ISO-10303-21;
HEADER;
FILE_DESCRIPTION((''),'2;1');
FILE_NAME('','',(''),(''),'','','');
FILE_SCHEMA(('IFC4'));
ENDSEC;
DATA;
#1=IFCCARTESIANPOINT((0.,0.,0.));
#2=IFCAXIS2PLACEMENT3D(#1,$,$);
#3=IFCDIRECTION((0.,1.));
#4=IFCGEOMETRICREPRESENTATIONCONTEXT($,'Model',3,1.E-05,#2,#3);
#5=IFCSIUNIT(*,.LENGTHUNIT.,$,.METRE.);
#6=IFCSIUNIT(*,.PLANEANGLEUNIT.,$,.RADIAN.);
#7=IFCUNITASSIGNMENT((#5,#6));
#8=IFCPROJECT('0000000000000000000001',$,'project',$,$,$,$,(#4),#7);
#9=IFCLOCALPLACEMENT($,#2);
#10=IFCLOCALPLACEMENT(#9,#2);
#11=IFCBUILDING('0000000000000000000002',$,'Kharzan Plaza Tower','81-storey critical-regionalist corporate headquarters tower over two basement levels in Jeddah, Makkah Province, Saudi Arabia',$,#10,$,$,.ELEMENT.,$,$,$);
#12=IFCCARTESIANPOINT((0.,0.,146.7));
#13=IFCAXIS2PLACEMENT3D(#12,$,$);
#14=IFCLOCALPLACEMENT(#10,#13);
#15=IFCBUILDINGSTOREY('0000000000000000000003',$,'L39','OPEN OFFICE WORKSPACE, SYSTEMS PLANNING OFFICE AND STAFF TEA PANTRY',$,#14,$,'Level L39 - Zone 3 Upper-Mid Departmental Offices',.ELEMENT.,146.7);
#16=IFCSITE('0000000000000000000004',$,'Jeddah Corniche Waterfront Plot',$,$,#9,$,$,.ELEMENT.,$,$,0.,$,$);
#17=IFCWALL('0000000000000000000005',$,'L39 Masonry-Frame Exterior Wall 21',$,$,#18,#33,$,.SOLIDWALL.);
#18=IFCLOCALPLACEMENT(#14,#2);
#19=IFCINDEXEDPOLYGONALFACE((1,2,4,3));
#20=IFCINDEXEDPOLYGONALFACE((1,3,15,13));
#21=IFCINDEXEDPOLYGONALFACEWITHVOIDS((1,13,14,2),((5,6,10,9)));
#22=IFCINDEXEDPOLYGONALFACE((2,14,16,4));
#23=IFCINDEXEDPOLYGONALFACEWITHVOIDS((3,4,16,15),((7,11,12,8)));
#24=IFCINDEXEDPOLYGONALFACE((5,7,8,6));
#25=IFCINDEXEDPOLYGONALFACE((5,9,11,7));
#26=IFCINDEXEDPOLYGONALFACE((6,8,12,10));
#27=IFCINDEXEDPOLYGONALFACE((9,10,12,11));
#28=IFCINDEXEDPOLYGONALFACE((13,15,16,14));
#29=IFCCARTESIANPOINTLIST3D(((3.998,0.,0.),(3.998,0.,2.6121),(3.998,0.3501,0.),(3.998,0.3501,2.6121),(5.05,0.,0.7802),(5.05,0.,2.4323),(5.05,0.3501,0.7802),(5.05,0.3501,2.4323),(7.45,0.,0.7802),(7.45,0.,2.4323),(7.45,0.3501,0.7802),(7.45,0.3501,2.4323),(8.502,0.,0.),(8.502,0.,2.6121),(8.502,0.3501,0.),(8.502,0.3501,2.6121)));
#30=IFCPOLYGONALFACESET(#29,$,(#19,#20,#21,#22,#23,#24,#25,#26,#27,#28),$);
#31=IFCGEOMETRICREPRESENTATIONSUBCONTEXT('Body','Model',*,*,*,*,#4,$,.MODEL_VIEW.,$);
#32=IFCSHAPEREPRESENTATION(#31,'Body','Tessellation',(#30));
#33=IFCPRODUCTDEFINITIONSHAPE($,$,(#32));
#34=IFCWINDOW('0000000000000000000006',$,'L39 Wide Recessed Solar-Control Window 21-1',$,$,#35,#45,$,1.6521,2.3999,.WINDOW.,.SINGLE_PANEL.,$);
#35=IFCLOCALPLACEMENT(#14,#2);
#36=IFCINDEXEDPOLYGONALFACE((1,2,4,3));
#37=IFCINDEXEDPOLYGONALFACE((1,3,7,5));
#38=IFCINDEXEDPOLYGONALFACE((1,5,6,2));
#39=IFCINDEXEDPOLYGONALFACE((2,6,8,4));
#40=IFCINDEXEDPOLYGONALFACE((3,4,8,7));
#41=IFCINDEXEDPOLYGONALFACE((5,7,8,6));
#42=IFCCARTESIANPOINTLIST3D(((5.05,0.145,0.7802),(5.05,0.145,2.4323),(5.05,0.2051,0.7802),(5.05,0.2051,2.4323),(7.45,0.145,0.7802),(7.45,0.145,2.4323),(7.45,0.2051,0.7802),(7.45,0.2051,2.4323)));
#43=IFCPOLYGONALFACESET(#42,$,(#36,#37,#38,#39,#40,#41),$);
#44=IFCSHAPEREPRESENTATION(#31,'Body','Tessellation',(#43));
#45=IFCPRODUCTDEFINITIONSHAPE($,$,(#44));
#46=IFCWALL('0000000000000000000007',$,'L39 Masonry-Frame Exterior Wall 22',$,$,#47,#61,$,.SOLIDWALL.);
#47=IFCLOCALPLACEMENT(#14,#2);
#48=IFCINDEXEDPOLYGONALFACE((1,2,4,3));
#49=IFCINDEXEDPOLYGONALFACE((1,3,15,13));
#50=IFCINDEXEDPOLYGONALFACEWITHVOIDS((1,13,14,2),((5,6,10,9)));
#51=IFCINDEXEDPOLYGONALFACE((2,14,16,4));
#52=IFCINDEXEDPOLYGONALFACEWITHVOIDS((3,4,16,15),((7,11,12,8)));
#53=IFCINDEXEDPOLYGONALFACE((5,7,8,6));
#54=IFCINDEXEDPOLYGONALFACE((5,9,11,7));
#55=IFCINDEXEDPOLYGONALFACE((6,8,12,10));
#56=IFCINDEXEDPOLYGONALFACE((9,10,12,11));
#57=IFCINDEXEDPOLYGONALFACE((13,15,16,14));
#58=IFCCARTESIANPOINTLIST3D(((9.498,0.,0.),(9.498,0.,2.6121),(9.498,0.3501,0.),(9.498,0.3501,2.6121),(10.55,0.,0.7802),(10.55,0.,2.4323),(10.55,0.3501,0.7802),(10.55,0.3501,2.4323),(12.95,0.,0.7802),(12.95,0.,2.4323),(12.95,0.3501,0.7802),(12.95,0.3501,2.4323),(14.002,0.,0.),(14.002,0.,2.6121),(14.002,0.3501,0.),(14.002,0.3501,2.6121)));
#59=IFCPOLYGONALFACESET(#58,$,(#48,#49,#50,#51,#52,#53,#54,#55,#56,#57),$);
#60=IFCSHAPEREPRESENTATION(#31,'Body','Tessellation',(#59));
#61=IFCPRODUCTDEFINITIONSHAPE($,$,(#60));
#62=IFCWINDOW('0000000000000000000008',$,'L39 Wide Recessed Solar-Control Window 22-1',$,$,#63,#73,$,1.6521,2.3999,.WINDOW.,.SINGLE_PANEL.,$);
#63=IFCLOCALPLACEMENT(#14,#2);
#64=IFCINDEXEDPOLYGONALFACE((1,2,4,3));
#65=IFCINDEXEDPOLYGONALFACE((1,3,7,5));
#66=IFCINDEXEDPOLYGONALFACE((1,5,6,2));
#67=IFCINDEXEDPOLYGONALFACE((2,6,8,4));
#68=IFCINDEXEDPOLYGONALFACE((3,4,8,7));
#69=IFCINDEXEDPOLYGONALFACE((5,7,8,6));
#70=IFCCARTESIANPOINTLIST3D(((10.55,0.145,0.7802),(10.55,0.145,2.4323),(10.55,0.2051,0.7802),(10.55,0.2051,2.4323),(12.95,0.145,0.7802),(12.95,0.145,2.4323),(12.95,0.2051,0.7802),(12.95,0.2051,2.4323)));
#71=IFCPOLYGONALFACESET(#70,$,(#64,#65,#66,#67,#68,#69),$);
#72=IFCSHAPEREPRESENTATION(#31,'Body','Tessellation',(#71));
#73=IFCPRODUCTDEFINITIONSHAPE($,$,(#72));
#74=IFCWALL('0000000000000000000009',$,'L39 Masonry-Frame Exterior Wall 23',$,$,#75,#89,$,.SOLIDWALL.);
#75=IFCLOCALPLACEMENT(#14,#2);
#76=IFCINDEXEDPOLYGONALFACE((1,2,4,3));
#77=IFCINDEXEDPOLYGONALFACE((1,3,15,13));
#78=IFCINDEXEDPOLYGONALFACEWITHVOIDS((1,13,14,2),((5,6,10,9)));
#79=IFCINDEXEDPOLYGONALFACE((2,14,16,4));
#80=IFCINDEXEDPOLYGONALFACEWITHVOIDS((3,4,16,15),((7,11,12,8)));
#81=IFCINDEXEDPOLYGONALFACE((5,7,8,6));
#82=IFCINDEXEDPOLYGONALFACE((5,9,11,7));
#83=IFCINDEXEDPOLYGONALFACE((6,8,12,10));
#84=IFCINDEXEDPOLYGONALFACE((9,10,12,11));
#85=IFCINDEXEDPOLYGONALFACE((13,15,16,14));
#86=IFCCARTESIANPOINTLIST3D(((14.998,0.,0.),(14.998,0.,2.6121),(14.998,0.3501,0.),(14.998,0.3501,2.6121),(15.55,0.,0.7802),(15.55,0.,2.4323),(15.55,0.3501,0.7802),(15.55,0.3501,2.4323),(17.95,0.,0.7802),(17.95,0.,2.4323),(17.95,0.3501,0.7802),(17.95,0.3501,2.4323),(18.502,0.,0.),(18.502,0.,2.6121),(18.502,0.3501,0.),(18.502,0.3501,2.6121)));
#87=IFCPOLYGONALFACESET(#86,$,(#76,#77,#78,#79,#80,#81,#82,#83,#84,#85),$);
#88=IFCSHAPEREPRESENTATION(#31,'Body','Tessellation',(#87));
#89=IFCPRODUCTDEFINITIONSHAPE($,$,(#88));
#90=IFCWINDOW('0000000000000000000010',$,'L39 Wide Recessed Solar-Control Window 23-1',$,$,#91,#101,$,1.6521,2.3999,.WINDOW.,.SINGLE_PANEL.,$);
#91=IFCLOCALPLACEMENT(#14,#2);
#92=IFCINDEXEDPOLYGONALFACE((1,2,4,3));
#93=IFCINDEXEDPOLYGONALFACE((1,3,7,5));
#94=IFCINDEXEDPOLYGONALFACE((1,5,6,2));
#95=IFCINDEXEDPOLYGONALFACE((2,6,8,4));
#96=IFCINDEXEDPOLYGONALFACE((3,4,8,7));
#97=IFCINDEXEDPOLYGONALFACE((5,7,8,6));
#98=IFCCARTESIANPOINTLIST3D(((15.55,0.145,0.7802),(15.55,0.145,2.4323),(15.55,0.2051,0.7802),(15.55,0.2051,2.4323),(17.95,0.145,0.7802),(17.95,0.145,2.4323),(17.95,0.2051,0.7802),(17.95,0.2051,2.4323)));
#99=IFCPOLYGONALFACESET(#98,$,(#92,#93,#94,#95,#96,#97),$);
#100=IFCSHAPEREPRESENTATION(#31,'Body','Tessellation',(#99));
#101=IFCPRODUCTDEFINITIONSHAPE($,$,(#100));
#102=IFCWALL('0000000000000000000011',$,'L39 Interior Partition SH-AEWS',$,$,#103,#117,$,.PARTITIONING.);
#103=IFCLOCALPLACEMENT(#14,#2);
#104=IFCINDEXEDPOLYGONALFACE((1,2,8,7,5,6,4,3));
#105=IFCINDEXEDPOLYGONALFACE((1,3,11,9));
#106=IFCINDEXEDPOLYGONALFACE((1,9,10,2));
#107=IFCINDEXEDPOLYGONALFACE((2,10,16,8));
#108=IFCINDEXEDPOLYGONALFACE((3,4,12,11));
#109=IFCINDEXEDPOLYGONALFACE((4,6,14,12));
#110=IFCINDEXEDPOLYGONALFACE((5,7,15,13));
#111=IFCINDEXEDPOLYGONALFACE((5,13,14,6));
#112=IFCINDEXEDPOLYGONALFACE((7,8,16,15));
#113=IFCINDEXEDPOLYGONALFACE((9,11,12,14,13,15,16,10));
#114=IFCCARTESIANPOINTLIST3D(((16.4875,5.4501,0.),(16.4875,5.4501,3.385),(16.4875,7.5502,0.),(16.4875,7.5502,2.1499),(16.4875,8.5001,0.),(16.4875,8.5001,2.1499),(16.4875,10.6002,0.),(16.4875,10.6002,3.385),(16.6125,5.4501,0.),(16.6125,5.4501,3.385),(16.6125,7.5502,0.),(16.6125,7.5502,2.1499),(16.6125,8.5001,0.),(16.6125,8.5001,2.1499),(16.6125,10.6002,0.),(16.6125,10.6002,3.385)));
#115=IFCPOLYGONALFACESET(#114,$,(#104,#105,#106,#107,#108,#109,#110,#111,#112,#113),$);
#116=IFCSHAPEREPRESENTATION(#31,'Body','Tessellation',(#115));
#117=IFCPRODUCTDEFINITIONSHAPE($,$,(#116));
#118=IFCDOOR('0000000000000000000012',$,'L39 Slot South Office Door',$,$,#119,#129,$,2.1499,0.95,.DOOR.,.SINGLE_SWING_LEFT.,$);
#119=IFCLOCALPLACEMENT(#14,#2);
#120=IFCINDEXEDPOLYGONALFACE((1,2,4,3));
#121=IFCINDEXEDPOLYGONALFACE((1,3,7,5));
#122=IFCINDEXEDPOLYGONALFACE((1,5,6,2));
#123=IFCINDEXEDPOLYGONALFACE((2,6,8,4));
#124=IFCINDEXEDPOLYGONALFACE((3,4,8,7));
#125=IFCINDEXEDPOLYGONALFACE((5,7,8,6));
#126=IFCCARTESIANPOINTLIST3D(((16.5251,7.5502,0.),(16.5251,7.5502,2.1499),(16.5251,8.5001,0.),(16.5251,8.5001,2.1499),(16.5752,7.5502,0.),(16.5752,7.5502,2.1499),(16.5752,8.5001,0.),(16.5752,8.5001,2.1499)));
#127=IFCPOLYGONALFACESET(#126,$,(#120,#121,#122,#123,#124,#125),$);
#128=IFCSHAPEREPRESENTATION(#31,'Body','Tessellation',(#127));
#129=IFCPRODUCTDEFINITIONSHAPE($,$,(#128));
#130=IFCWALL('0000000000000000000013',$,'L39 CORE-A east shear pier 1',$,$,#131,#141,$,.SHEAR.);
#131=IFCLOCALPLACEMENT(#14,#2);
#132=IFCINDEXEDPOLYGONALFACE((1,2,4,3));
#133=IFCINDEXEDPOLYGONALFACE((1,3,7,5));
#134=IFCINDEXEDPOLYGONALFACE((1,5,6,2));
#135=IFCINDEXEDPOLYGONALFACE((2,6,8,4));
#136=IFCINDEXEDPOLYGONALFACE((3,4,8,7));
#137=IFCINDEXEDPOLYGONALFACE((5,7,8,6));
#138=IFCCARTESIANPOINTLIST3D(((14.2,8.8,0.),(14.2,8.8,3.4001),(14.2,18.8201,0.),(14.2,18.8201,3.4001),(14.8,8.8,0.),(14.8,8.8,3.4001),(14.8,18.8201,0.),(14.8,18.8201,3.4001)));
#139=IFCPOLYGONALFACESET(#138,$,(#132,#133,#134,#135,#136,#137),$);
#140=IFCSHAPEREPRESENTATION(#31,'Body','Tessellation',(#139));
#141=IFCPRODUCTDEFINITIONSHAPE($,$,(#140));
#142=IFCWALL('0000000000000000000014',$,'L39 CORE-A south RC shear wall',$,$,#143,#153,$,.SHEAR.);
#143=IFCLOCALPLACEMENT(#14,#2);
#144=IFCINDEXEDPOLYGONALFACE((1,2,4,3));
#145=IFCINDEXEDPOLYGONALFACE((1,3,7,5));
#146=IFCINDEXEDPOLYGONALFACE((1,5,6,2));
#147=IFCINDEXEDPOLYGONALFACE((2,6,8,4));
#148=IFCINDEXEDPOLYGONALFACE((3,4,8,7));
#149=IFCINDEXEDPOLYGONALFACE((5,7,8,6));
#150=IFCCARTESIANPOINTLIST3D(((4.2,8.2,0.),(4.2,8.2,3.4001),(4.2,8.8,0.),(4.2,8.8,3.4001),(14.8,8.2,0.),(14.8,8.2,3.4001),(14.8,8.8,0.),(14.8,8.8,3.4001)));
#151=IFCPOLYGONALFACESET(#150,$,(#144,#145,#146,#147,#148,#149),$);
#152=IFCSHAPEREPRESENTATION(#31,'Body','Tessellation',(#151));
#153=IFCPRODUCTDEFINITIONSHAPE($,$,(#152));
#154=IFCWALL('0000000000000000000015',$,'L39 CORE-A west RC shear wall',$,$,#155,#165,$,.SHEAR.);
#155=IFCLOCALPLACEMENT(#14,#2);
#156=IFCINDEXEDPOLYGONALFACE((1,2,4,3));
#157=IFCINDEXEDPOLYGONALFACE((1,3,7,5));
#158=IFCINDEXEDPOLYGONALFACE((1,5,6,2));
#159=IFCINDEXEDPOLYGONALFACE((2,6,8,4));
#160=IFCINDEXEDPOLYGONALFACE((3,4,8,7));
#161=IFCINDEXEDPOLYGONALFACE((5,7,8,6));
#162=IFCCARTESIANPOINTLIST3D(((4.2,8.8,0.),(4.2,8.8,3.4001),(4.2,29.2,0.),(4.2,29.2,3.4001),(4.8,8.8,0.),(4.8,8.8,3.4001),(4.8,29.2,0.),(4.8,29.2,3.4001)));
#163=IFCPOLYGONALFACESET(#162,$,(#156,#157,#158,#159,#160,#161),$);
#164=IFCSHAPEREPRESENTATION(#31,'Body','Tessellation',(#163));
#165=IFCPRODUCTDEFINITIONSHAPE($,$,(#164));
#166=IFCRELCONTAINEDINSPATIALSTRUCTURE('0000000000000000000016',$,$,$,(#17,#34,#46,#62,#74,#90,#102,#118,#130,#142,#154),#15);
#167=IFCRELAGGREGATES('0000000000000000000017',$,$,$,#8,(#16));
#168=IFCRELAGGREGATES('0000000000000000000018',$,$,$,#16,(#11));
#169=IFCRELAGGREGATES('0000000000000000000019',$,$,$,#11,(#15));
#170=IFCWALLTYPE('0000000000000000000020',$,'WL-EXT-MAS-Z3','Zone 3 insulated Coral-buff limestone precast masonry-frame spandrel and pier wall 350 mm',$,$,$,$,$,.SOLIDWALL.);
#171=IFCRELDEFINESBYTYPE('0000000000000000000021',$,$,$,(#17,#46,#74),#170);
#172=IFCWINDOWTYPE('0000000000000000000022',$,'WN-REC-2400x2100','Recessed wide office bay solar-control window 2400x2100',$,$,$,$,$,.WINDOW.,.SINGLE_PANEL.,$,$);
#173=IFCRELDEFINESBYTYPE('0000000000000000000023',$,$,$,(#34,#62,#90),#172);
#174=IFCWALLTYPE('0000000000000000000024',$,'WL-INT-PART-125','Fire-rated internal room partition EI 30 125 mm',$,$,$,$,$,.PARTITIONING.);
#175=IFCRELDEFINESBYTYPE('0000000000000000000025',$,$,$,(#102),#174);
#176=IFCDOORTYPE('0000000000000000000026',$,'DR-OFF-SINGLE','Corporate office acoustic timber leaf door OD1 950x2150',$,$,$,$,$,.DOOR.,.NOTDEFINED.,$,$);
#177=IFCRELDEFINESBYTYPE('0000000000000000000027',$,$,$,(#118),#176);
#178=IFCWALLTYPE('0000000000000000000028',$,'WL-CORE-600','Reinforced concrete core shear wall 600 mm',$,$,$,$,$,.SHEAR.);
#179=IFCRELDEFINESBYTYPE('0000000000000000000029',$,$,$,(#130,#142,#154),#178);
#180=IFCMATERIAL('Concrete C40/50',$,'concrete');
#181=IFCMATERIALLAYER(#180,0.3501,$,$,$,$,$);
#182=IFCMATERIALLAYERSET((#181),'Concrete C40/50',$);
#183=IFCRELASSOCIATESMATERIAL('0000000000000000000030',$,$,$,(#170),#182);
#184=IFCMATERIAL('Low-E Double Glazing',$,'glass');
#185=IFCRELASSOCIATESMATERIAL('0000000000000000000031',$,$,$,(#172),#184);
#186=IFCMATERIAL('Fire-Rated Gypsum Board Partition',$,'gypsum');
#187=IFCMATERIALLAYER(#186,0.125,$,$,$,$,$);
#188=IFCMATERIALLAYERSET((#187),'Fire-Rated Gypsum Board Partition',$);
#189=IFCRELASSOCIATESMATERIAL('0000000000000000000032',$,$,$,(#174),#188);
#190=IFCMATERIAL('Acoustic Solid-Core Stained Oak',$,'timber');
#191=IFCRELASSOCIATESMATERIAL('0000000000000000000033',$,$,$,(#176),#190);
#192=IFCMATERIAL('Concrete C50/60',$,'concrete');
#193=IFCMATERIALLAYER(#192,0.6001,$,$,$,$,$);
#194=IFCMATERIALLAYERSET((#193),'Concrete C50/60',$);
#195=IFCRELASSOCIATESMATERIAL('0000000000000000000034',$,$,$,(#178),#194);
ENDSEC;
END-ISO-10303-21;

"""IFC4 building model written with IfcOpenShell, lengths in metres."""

from ifc_helpers import new_model, si_unit, direction, frame, frame_2d, origin, place, context, subcontext, project, spatial, rectangle, extrude, source, transform, mapped, material, layer, layer_set, type_object, element, fill, save


model = new_model("IFC4")

# Units and contexts
model_context = context("Model", 3, precision=1e-05, world=origin(), true_north=direction((0.0, 1.0)))
body_context = subcontext(model_context, "Body", "Model", "MODEL_VIEW")
ifc_project = project(units=[si_unit("LENGTHUNIT", "METRE"), si_unit("PLANEANGLEUNIT", "RADIAN")], contexts=[model_context])

# Site, building, storey
site_placement = place(None, origin())
site = spatial("IfcSite", under=ifc_project, at=site_placement, Name="Jeddah Corniche Waterfront Plot", CompositionType="ELEMENT", RefElevation=0.0)
building_placement = place(site_placement, origin())
building = spatial("IfcBuilding", under=site, at=building_placement, Name="Kharzan Plaza Tower", Description="81-storey critical-regionalist corporate headquarters tower over two basement levels in Jeddah, Makkah Province, Saudi Arabia", CompositionType="ELEMENT")
storey_placement = place(building_placement, frame((0.0, 0.0, 146.7)))
storey = spatial("IfcBuildingStorey", under=building, at=storey_placement, Name="L39", Description="OPEN OFFICE WORKSPACE, SYSTEMS PLANNING OFFICE AND STAFF TEA PANTRY", LongName="Level L39 - Zone 3 Upper-Mid Departmental Offices", CompositionType="ELEMENT", Elevation=146.7)

# Shared definitions
ifc_material_1 = material(Name="Concrete C50/60", Category="concrete")

# Walls, openings, windows
ifc_material_2 = material(Name="Concrete C40/50", Category="concrete")
ifc_layer_1 = layer(ifc_material_2, 0.3501)
ifc_layer_set_1 = layer_set([ifc_layer_1], Name="Concrete C40/50")
wall_type_1 = type_object("IfcWallType", Name="WL-EXT-MAS-Z3", Description="Zone 3 insulated Coral-buff limestone precast masonry-frame spandrel and pier wall 350 mm", PredefinedType="SOLIDWALL", material=ifc_layer_set_1)
wall_1_placement = place(storey_placement, frame((3.998, 0.175, 0.0), z_axis=(0.0, 0.0, 1.0), x_axis=(1.0, 0.0, 0.0)))
wall_1 = element("IfcWall", 1, at=wall_1_placement, inside=storey, type_object=wall_type_1, Name="L39 Masonry-Frame Exterior Wall 21", PredefinedType="SOLIDWALL", context=body_context, shape_type="SweptSolid", body=[
    extrude(rectangle(XDim=4.5039, YDim=0.3501, at=frame_2d((2.252, 0.0))), origin(), (0.0, 0.0, 1.0), 2.6121),
])
opening_1_placement = place(wall_1_placement, frame((1.052, 0.0, 0.78)))
opening_1 = element("IfcOpeningElement", 2, at=opening_1_placement, cuts=wall_1, PredefinedType="OPENING", context=body_context, shape_type="SweptSolid", body=[
    extrude(rectangle(XDim=2.3999, YDim=1.6521, at=frame_2d((1.2, 0.8262))), frame((0.0, 0.1851, 0.0), z_axis=(0.0, -1.0, 0.0), x_axis=(1.0, 0.0, 0.0)), (0.0, 0.0, 1.0), 0.3701),
])
ifc_material_3 = material(Name="Low-E Double Glazing", Category="glass")
window_type = type_object("IfcWindowType", Name="WN-REC-2400x2100", Description="Recessed wide office bay solar-control window 2400x2100", PartitioningType="SINGLE_PANEL", PredefinedType="WINDOW", material=ifc_material_3)
shared_shape_1 = source(origin(), body_context, "Body", "SweptSolid", [
    extrude(rectangle(XDim=2.3999, YDim=1.6521, at=frame_2d((1.2, 0.8262))), frame((0.0, 0.03, 0.0), z_axis=(0.0, -1.0, 0.0), x_axis=(1.0, 0.0, 0.0)), (0.0, 0.0, 1.0), 0.0601),
])
window_1_placement = place(opening_1_placement, origin())
window_1 = element("IfcWindow", 3, at=window_1_placement, inside=storey, type_object=window_type, Name="L39 Wide Recessed Solar-Control Window 21-1", OverallHeight=1.6521, OverallWidth=2.3999, PartitioningType="SINGLE_PANEL", PredefinedType="WINDOW", context=body_context, shape_type="MappedRepresentation", body=[
    mapped(shared_shape_1, transform((0.0, 0.0, 0.0), x_axis=(1.0, 0.0, 0.0), y_axis=(0.0, 1.0, 0.0), z_axis=(0.0, 0.0, 1.0))),
])
fill(opening_1, window_1)
wall_2_placement = place(storey_placement, frame((9.498, 0.175, 0.0), z_axis=(0.0, 0.0, 1.0), x_axis=(1.0, 0.0, 0.0)))
wall_2 = element("IfcWall", 4, at=wall_2_placement, inside=storey, type_object=wall_type_1, Name="L39 Masonry-Frame Exterior Wall 22", PredefinedType="SOLIDWALL", context=body_context, shape_type="SweptSolid", body=[
    extrude(rectangle(XDim=4.5039, YDim=0.3501, at=frame_2d((2.252, 0.0))), origin(), (0.0, 0.0, 1.0), 2.6121),
])
opening_2_placement = place(wall_2_placement, frame((1.052, 0.0, 0.78)))
opening_2 = element("IfcOpeningElement", 5, at=opening_2_placement, cuts=wall_2, PredefinedType="OPENING", context=body_context, shape_type="SweptSolid", body=[
    extrude(rectangle(XDim=2.3999, YDim=1.6521, at=frame_2d((1.2, 0.8262))), frame((0.0, 0.1851, 0.0), z_axis=(0.0, -1.0, 0.0), x_axis=(1.0, 0.0, 0.0)), (0.0, 0.0, 1.0), 0.3701),
])
window_2_placement = place(opening_2_placement, origin())
window_2 = element("IfcWindow", 6, at=window_2_placement, inside=storey, type_object=window_type, Name="L39 Wide Recessed Solar-Control Window 22-1", OverallHeight=1.6521, OverallWidth=2.3999, PartitioningType="SINGLE_PANEL", PredefinedType="WINDOW", context=body_context, shape_type="MappedRepresentation", body=[
    mapped(shared_shape_1, transform((0.0, 0.0, 0.0), x_axis=(1.0, 0.0, 0.0), y_axis=(0.0, 1.0, 0.0), z_axis=(0.0, 0.0, 1.0))),
])
fill(opening_2, window_2)
wall_3_placement = place(storey_placement, frame((14.998, 0.175, 0.0), z_axis=(0.0, 0.0, 1.0), x_axis=(1.0, 0.0, 0.0)))
wall_3 = element("IfcWall", 7, at=wall_3_placement, inside=storey, type_object=wall_type_1, Name="L39 Masonry-Frame Exterior Wall 23", PredefinedType="SOLIDWALL", context=body_context, shape_type="SweptSolid", body=[
    extrude(rectangle(XDim=3.5039, YDim=0.3501, at=frame_2d((1.752, 0.0))), origin(), (0.0, 0.0, 1.0), 2.6121),
])
opening_3_placement = place(wall_3_placement, frame((0.552, 0.0, 0.78)))
opening_3 = element("IfcOpeningElement", 8, at=opening_3_placement, cuts=wall_3, PredefinedType="OPENING", context=body_context, shape_type="SweptSolid", body=[
    extrude(rectangle(XDim=2.3999, YDim=1.6521, at=frame_2d((1.2, 0.8262))), frame((0.0, 0.1851, 0.0), z_axis=(0.0, -1.0, 0.0), x_axis=(1.0, 0.0, 0.0)), (0.0, 0.0, 1.0), 0.3701),
])
window_3_placement = place(opening_3_placement, origin())
window_3 = element("IfcWindow", 9, at=window_3_placement, inside=storey, type_object=window_type, Name="L39 Wide Recessed Solar-Control Window 23-1", OverallHeight=1.6521, OverallWidth=2.3999, PartitioningType="SINGLE_PANEL", PredefinedType="WINDOW", context=body_context, shape_type="MappedRepresentation", body=[
    mapped(shared_shape_1, transform((0.0, 0.0, 0.0), x_axis=(1.0, 0.0, 0.0), y_axis=(0.0, 1.0, 0.0), z_axis=(0.0, 0.0, 1.0))),
])
fill(opening_3, window_3)

# Wall, opening, door
ifc_material_4 = material(Name="Fire-Rated Gypsum Board Partition", Category="gypsum")
ifc_layer_2 = layer(ifc_material_4, 0.125)
ifc_layer_set_2 = layer_set([ifc_layer_2], Name="Fire-Rated Gypsum Board Partition")
wall_type_2 = type_object("IfcWallType", Name="WL-INT-PART-125", Description="Fire-rated internal room partition EI 30 125 mm", PredefinedType="PARTITIONING", material=ifc_layer_set_2)
wall_4_placement = place(storey_placement, frame((16.55, 5.45, 0.0), z_axis=(0.0, 0.0, 1.0), x_axis=(0.0, 1.0, 0.0)))
wall_4 = element("IfcWall", 10, at=wall_4_placement, inside=storey, type_object=wall_type_2, Name="L39 Interior Partition SH-AEWS", PredefinedType="PARTITIONING", context=body_context, shape_type="SweptSolid", body=[
    extrude(rectangle(XDim=5.1501, YDim=0.125, at=frame_2d((2.5752, 0.0))), origin(), (0.0, 0.0, 1.0), 3.385),
])
opening_4_placement = place(wall_4_placement, frame((2.1001, 0.0, 0.0)))
opening_4 = element("IfcOpeningElement", 11, at=opening_4_placement, cuts=wall_4, PredefinedType="OPENING", context=body_context, shape_type="SweptSolid", body=[
    extrude(rectangle(XDim=0.95, YDim=2.1499, at=frame_2d((0.4751, 1.075))), frame((0.0, 0.0725, 0.0), z_axis=(0.0, -1.0, 0.0), x_axis=(1.0, 0.0, 0.0)), (0.0, 0.0, 1.0), 0.145),
])
ifc_material_5 = material(Name="Acoustic Solid-Core Stained Oak", Category="timber")
door_type = type_object("IfcDoorType", Name="DR-OFF-SINGLE", Description="Corporate office acoustic timber leaf door OD1 950x2150", OperationType="NOTDEFINED", PredefinedType="DOOR", material=ifc_material_5)
shared_shape_2 = source(origin(), body_context, "Body", "SweptSolid", [
    extrude(rectangle(XDim=0.95, YDim=2.1499, at=frame_2d((0.4751, 1.075))), frame((0.0, 0.0249, 0.0), z_axis=(0.0, -1.0, 0.0), x_axis=(1.0, 0.0, 0.0)), (0.0, 0.0, 1.0), 0.05),
])
door_placement = place(opening_4_placement, origin())
door = element("IfcDoor", 12, at=door_placement, inside=storey, type_object=door_type, Name="L39 Slot South Office Door", OperationType="SINGLE_SWING_LEFT", OverallHeight=2.1499, OverallWidth=0.95, PredefinedType="DOOR", context=body_context, shape_type="MappedRepresentation", body=[
    mapped(shared_shape_2, transform((0.0, 0.0, 0.0), x_axis=(1.0, 0.0, 0.0), y_axis=(0.0, 1.0, 0.0), z_axis=(0.0, 0.0, 1.0))),
])
fill(opening_4, door)

# Walls
ifc_layer_3 = layer(ifc_material_1, 0.6001)
ifc_layer_set_3 = layer_set([ifc_layer_3], Name="Concrete C50/60")
wall_type_3 = type_object("IfcWallType", Name="WL-CORE-600", Description="Reinforced concrete core shear wall 600 mm", PredefinedType="SHEAR", material=ifc_layer_set_3)
shared_shape_3 = source(origin(), body_context, "Body", "SweptSolid", [
    extrude(rectangle(XDim=10.02, YDim=0.6001, at=frame_2d((5.01, 0.0))), origin(), (0.0, 0.0, 1.0), 3.4001),
])
wall_5_placement = place(storey_placement, frame((14.5, 8.8, 0.0), z_axis=(0.0, 0.0, 1.0), x_axis=(0.0, 1.0, 0.0)))
element("IfcWall", 13, at=wall_5_placement, inside=storey, type_object=wall_type_3, Name="L39 CORE-A east shear pier 1", PredefinedType="SHEAR", context=body_context, shape_type="MappedRepresentation", body=[
    mapped(shared_shape_3, transform((0.0, 0.0, 0.0), x_axis=(1.0, 0.0, 0.0), y_axis=(0.0, 1.0, 0.0), z_axis=(0.0, 0.0, 1.0))),
])
shared_shape_4 = source(origin(), body_context, "Body", "SweptSolid", [
    extrude(rectangle(XDim=10.6001, YDim=0.6001, at=frame_2d((5.3, 0.0))), origin(), (0.0, 0.0, 1.0), 3.4001),
])
wall_6_placement = place(storey_placement, frame((4.2, 8.5, 0.0), z_axis=(0.0, 0.0, 1.0), x_axis=(1.0, 0.0, 0.0)))
element("IfcWall", 14, at=wall_6_placement, inside=storey, type_object=wall_type_3, Name="L39 CORE-A south RC shear wall", PredefinedType="SHEAR", context=body_context, shape_type="MappedRepresentation", body=[
    mapped(shared_shape_4, transform((0.0, 0.0, 0.0), x_axis=(1.0, 0.0, 0.0), y_axis=(0.0, 1.0, 0.0), z_axis=(0.0, 0.0, 1.0))),
])
shared_shape_5 = source(origin(), body_context, "Body", "SweptSolid", [
    extrude(rectangle(XDim=20.3999, YDim=0.6001, at=frame_2d((10.2, 0.0))), origin(), (0.0, 0.0, 1.0), 3.4001),
])
wall_7_placement = place(storey_placement, frame((4.5, 8.8, 0.0), z_axis=(0.0, 0.0, 1.0), x_axis=(0.0, 1.0, 0.0)))
element("IfcWall", 15, at=wall_7_placement, inside=storey, type_object=wall_type_3, Name="L39 CORE-A west RC shear wall", PredefinedType="SHEAR", context=body_context, shape_type="MappedRepresentation", body=[
    mapped(shared_shape_5, transform((0.0, 0.0, 0.0), x_axis=(1.0, 0.0, 0.0), y_axis=(0.0, 1.0, 0.0), z_axis=(0.0, 0.0, 1.0))),
])

save(model, "model.ifc")
